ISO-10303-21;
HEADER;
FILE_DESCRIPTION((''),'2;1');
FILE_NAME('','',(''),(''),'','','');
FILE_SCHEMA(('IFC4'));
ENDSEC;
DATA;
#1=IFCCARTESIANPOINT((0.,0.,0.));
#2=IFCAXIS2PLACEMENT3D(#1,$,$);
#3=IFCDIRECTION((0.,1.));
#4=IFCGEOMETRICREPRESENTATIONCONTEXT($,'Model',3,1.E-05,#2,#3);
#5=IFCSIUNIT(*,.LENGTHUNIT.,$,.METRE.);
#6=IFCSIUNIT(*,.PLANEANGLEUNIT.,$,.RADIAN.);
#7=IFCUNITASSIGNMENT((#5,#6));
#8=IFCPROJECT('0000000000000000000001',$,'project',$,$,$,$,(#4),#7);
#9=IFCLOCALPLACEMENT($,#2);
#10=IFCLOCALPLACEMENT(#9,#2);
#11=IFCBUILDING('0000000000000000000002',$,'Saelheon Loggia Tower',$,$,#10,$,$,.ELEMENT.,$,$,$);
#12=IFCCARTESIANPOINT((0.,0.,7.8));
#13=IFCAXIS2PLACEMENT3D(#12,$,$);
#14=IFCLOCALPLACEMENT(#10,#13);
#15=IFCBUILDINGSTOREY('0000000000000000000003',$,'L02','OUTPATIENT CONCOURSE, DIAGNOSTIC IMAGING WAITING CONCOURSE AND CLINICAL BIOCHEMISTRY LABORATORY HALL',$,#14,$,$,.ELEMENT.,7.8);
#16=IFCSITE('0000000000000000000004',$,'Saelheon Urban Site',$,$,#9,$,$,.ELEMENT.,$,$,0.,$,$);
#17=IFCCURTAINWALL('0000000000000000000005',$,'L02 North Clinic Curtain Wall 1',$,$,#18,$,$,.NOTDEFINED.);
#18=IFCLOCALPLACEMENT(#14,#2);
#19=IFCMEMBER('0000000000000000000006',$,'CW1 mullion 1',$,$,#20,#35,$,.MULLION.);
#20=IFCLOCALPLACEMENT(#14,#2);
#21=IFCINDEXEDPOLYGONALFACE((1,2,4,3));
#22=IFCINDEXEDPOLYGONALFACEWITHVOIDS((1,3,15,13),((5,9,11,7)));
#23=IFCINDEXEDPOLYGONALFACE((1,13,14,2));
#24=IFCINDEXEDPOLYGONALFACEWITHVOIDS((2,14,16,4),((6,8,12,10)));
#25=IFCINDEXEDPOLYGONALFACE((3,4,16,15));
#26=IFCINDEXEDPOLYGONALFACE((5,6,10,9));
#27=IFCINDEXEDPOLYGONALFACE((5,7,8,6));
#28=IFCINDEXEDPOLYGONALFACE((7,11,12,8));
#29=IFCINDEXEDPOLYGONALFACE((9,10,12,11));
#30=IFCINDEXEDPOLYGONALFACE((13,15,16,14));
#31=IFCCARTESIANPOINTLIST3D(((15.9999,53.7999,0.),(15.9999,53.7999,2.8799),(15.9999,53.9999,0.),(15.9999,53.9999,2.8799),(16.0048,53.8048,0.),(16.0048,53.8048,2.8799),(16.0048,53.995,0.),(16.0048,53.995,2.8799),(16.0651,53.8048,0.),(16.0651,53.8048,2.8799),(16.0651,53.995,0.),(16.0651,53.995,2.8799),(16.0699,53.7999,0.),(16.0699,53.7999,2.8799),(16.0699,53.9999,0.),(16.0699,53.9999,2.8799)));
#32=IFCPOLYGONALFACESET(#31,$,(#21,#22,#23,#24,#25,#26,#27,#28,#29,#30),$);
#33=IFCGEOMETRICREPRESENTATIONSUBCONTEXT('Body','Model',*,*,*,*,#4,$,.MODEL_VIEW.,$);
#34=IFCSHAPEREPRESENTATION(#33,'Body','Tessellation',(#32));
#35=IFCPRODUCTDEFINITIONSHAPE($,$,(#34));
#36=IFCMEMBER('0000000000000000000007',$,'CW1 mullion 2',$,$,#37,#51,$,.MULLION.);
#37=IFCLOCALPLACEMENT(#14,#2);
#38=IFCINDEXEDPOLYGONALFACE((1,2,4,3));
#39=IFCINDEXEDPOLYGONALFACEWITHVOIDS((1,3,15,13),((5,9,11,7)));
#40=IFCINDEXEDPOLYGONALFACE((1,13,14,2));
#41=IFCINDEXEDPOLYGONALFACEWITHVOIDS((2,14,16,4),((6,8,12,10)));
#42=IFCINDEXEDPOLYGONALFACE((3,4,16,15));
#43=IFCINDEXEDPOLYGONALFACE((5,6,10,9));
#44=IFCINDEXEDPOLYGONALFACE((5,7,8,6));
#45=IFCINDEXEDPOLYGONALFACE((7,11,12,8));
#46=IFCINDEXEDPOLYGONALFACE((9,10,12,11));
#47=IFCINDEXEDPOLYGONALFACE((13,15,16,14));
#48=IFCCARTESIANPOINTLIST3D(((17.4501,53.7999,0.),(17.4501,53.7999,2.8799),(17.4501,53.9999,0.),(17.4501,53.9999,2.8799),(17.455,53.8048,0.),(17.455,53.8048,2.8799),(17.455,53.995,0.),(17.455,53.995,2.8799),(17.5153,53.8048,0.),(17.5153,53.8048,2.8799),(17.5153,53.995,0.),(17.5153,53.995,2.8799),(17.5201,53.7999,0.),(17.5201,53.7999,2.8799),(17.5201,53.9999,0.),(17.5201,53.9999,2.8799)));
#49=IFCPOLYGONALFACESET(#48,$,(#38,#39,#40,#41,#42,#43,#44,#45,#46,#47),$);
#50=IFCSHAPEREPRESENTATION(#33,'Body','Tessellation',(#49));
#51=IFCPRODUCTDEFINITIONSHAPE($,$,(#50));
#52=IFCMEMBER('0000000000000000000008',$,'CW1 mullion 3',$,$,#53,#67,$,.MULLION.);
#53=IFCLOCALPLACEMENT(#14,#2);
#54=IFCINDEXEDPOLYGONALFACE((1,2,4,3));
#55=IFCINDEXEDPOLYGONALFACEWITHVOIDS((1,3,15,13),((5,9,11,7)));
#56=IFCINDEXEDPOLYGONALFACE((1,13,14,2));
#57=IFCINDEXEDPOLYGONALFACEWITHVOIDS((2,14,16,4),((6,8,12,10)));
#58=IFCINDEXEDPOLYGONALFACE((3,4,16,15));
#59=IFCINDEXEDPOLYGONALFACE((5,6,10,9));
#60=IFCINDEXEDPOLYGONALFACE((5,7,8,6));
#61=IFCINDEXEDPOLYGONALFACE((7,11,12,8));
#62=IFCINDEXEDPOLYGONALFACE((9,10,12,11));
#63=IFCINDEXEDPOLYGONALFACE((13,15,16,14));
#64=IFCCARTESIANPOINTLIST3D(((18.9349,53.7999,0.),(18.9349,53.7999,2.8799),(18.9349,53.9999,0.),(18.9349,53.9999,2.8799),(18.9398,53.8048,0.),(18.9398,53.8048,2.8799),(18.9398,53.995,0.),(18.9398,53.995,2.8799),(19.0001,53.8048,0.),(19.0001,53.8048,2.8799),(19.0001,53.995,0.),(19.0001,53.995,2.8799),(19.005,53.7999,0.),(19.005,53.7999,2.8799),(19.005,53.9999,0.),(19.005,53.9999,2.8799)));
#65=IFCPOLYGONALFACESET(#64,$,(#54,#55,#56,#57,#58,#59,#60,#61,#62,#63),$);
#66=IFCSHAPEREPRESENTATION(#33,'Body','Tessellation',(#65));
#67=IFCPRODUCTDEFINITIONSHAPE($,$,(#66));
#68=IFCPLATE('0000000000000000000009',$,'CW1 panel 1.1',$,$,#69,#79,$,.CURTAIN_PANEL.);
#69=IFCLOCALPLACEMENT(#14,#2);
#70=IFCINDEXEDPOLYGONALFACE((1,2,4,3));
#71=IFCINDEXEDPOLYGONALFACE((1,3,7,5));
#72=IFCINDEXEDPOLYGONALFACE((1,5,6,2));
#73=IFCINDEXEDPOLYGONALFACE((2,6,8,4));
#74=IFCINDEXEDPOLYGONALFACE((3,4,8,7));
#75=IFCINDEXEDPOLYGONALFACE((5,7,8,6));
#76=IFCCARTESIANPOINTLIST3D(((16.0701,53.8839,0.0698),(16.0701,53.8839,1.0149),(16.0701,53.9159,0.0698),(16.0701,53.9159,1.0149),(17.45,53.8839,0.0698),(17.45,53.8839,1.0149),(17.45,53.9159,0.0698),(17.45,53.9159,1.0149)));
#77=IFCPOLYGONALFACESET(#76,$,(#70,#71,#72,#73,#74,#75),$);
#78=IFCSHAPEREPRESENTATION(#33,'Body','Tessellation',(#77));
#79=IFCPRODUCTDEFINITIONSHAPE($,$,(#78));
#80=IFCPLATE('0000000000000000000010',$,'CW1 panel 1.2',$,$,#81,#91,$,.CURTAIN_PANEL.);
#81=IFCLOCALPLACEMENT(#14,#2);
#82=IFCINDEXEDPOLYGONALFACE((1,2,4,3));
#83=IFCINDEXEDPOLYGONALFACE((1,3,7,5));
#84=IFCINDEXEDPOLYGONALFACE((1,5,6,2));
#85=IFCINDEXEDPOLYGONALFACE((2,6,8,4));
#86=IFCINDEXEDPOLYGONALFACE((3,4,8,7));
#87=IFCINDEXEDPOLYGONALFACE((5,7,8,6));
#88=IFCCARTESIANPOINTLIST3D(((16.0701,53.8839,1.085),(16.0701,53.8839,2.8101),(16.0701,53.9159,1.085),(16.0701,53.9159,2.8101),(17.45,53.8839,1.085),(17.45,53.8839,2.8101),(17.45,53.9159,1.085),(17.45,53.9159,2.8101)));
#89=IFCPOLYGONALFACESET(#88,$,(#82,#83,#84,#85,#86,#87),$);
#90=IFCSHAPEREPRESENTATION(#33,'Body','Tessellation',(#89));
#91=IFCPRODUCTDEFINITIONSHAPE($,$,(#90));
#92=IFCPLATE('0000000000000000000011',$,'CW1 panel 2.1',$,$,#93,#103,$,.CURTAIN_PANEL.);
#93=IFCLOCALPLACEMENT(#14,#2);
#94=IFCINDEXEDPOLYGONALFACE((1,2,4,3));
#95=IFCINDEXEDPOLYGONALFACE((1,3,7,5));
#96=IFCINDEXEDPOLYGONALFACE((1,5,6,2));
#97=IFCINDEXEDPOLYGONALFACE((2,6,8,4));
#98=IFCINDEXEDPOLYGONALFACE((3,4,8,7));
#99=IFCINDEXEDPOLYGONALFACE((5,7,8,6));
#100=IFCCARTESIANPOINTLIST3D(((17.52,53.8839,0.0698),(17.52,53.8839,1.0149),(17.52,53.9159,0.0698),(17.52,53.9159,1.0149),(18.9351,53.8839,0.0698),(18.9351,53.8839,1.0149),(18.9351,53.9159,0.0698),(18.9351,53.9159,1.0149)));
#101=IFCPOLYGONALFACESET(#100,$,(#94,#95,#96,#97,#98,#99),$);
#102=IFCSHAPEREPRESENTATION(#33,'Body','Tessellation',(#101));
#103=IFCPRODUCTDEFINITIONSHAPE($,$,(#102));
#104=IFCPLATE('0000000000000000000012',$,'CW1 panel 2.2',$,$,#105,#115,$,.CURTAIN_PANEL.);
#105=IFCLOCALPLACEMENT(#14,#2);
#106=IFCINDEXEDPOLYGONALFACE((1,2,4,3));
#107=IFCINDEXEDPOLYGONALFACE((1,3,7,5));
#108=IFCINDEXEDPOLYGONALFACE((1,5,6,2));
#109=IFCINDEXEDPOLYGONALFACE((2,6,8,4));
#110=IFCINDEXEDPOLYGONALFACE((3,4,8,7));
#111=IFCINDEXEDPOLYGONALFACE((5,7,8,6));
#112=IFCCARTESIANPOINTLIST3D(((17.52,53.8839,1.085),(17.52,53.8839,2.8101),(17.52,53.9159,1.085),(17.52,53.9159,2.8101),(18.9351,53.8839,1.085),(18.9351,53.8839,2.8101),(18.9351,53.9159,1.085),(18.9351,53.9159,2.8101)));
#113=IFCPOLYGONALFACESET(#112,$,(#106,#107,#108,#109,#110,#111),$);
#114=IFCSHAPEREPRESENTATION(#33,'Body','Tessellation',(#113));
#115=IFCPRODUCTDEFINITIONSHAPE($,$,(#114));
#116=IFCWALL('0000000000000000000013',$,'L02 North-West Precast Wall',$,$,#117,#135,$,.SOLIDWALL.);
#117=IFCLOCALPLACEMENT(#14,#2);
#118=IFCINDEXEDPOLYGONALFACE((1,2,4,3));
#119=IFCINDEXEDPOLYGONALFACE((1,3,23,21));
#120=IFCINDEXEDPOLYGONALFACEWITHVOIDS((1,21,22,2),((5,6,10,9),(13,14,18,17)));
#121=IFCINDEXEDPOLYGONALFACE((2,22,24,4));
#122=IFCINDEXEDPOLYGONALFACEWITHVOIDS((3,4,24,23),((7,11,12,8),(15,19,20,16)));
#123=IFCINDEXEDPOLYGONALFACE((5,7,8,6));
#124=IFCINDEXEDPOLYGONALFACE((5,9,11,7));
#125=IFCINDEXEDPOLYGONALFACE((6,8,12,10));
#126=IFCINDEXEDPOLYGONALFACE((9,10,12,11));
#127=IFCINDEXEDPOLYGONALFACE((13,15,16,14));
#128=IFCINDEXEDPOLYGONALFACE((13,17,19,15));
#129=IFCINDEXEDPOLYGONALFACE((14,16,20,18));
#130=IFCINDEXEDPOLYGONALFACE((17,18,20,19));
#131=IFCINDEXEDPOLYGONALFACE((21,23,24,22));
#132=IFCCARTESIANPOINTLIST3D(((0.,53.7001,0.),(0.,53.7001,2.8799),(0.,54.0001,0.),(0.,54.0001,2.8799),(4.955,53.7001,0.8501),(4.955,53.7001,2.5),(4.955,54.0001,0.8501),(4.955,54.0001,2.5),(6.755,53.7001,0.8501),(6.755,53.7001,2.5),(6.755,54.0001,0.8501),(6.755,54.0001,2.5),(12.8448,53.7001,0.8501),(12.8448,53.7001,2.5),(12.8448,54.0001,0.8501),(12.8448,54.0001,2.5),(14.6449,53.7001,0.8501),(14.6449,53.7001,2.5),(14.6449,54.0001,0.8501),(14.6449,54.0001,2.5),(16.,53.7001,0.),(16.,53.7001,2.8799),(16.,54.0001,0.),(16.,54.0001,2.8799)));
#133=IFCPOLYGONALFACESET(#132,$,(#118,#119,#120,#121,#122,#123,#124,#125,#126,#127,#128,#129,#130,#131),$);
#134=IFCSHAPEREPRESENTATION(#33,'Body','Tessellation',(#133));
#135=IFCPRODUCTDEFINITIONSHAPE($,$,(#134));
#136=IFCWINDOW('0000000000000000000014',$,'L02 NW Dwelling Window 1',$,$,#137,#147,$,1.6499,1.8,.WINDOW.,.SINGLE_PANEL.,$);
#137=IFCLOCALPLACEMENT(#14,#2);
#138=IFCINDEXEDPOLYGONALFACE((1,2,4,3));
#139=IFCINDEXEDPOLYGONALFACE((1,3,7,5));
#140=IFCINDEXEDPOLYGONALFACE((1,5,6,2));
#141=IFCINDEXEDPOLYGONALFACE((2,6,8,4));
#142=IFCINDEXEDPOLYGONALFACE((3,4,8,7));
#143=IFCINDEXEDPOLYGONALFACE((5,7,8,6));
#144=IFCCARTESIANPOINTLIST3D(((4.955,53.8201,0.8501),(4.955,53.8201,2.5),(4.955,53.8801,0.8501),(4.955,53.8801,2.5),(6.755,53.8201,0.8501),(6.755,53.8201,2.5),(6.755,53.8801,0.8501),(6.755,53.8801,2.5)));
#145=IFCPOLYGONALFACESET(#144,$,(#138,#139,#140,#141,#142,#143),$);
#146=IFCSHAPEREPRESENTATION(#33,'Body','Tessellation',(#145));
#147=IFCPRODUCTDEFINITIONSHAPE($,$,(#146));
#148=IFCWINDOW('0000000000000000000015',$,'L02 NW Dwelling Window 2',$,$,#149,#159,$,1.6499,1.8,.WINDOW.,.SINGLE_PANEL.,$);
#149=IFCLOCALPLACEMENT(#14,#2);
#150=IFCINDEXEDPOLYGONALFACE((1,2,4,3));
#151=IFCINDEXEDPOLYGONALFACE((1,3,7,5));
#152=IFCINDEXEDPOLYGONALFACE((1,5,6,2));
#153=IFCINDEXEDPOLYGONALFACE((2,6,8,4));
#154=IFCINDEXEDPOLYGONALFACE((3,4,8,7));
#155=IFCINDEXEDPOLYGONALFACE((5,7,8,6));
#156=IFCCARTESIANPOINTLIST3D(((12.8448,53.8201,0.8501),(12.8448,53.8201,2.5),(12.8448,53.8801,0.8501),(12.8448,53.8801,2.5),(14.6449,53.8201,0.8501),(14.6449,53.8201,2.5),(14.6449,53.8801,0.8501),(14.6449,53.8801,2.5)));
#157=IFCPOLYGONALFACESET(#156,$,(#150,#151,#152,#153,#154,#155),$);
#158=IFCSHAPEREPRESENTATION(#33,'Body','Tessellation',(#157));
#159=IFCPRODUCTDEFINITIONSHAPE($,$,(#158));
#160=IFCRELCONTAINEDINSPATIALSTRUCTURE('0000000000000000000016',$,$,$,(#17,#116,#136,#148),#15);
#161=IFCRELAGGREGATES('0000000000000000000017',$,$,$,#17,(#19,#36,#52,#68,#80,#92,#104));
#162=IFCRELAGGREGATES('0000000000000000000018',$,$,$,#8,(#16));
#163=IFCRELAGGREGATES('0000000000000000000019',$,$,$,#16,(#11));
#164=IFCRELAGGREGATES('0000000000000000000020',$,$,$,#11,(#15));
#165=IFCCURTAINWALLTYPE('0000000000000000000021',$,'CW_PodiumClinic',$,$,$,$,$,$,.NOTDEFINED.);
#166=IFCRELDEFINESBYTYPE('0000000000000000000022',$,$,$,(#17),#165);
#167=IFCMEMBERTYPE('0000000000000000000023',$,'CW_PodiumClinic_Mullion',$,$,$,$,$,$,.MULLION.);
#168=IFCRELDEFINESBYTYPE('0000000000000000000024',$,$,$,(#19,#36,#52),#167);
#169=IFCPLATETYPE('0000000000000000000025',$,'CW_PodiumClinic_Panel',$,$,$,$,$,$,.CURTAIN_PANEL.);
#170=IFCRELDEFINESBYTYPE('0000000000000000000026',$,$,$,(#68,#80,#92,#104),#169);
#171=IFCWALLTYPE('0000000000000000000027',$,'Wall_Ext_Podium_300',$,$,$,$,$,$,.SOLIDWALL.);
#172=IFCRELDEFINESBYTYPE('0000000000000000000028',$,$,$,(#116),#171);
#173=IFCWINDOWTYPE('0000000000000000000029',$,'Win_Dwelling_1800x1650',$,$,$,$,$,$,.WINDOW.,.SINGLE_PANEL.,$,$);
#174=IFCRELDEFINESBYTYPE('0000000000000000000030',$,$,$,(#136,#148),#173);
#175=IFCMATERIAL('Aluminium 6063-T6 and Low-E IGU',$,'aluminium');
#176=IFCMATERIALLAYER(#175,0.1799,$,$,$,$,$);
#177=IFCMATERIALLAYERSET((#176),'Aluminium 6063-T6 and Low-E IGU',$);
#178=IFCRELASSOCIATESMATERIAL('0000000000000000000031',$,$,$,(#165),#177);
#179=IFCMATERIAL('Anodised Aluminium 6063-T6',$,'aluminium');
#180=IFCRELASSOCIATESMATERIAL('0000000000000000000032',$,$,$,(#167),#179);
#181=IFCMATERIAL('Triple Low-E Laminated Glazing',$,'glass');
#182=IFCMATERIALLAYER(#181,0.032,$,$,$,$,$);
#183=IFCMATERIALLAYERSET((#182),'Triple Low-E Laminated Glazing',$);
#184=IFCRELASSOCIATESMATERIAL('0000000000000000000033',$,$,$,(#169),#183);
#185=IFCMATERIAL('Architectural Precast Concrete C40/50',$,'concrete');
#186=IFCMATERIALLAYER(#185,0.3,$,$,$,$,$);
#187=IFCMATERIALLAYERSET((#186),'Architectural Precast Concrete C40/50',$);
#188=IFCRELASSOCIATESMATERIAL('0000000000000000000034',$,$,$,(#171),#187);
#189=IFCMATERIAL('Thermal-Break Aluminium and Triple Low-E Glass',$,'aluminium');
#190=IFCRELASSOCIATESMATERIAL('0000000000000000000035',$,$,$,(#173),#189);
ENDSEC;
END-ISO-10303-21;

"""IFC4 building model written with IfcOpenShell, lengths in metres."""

from ifc_helpers import new_model, si_unit, direction, frame, frame_2d, origin, origin_2d, place, context, subcontext, project, spatial, rectangle, hollow_rectangle, extrude, source, transform, mapped, material, layer, layer_set, material_profile, profile_set, type_object, element, fill, aggregate, save


model = new_model("IFC4")

# Units and contexts
model_context = context("Model", 3, precision=1e-05, world=origin(), true_north=direction((0.0, 1.0)))
body_context = subcontext(model_context, "Body", "Model", "MODEL_VIEW")
ifc_project = project(units=[si_unit("LENGTHUNIT", "METRE"), si_unit("PLANEANGLEUNIT", "RADIAN")], contexts=[model_context])

# Site, building, storey
site_placement = place(None, origin())
site = spatial("IfcSite", under=ifc_project, at=site_placement, Name="Saelheon Urban Site", CompositionType="ELEMENT", RefElevation=0.0)
building_placement = place(site_placement, origin())
building = spatial("IfcBuilding", under=site, at=building_placement, Name="Saelheon Loggia Tower", CompositionType="ELEMENT")
storey_placement = place(building_placement, frame((0.0, 0.0, 7.8)))
storey = spatial("IfcBuildingStorey", under=building, at=storey_placement, Name="L02", Description="OUTPATIENT CONCOURSE, DIAGNOSTIC IMAGING WAITING CONCOURSE AND CLINICAL BIOCHEMISTRY LABORATORY HALL", CompositionType="ELEMENT", Elevation=7.8)

# Curtain wall, members, plates
ifc_material_1 = material(Name="Aluminium 6063-T6 and Low-E IGU", Category="aluminium")
ifc_layer_1 = layer(ifc_material_1, 0.1799)
ifc_layer_set_1 = layer_set([ifc_layer_1], Name="Aluminium 6063-T6 and Low-E IGU")
curtain_wall_type = type_object("IfcCurtainWallType", Name="CW_PodiumClinic", PredefinedType="NOTDEFINED", material=ifc_layer_set_1)
curtain_wall_placement = place(storey_placement, origin())
curtain_wall = element("IfcCurtainWall", 1, at=curtain_wall_placement, inside=storey, type_object=curtain_wall_type, Name="L02 North Clinic Curtain Wall 1", PredefinedType="NOTDEFINED")
ifc_material_2 = material(Name="Anodised Aluminium 6063-T6", Category="aluminium")
ifc_material_profile_1 = material_profile(ifc_material_2, hollow_rectangle(XDim=0.0701, YDim=0.2, WallThickness=0.0049, at=origin_2d()), Name="RHS-200x70x5")
ifc_profile_set_1 = profile_set([ifc_material_profile_1], Name="Anodised Aluminium 6063-T6")
member_type_1 = type_object("IfcMemberType", Name="CW_PodiumClinic_Mullion", PredefinedType="MULLION", material=ifc_profile_set_1)
shared_shape_1 = source(origin(), body_context, "Body", "SweptSolid", [
    extrude(hollow_rectangle(XDim=0.0701, YDim=0.2, WallThickness=0.0049, at=origin_2d()), origin(), (0.0, 0.0, 1.0), 2.8799),
])
member_1_placement = place(storey_placement, frame((16.0349, 53.8999, 0.0), z_axis=(0.0, 0.0, 1.0), x_axis=(1.0, 0.0, 0.0)))
member_1 = element("IfcMember", 2, at=member_1_placement, type_object=member_type_1, Name="CW1 mullion 1", PredefinedType="MULLION", context=body_context, shape_type="MappedRepresentation", body=[
    mapped(shared_shape_1, transform((0.0, 0.0, 0.0), scale=1.0)),
])
member_2_placement = place(storey_placement, frame((17.4851, 53.8999, 0.0), z_axis=(0.0, 0.0, 1.0), x_axis=(1.0, 0.0, 0.0)))
member_2 = element("IfcMember", 3, at=member_2_placement, type_object=member_type_1, Name="CW1 mullion 2", PredefinedType="MULLION", context=body_context, shape_type="MappedRepresentation", body=[
    mapped(shared_shape_1, transform((0.0, 0.0, 0.0), scale=1.0)),
])
member_3_placement = place(storey_placement, frame((18.97, 53.8999, 0.0), z_axis=(0.0, 0.0, 1.0), x_axis=(1.0, 0.0, 0.0)))
member_3 = element("IfcMember", 4, at=member_3_placement, type_object=member_type_1, Name="CW1 mullion 3", PredefinedType="MULLION", context=body_context, shape_type="MappedRepresentation", body=[
    mapped(shared_shape_1, transform((0.0, 0.0, 0.0), scale=1.0)),
])
ifc_material_3 = material(Name="Triple Low-E Laminated Glazing", Category="glass")
ifc_layer_2 = layer(ifc_material_3, 0.032)
ifc_layer_set_2 = layer_set([ifc_layer_2], Name="Triple Low-E Laminated Glazing")
plate_type = type_object("IfcPlateType", Name="CW_PodiumClinic_Panel", PredefinedType="CURTAIN_PANEL", material=ifc_layer_set_2)
shared_shape_2 = source(origin(), body_context, "Body", "SweptSolid", [
    extrude(rectangle(XDim=1.3799, YDim=0.032, at=origin_2d()), origin(), (0.0, 0.0, 1.0), 0.9451),
])
plate_1_placement = place(storey_placement, frame((16.76, 53.8999, 0.0698), z_axis=(0.0, 0.0, 1.0), x_axis=(1.0, 0.0, 0.0)))
plate_1 = element("IfcPlate", 5, at=plate_1_placement, type_object=plate_type, Name="CW1 panel 1.1", PredefinedType="CURTAIN_PANEL", context=body_context, shape_type="MappedRepresentation", body=[
    mapped(shared_shape_2, transform((0.0, 0.0, 0.0), scale=1.0)),
])
shared_shape_3 = source(origin(), body_context, "Body", "SweptSolid", [
    extrude(rectangle(XDim=1.3799, YDim=0.032, at=origin_2d()), origin(), (0.0, 0.0, 1.0), 1.7251),
])
plate_2_placement = place(storey_placement, frame((16.76, 53.8999, 1.085), z_axis=(0.0, 0.0, 1.0), x_axis=(1.0, 0.0, 0.0)))
plate_2 = element("IfcPlate", 6, at=plate_2_placement, type_object=plate_type, Name="CW1 panel 1.2", PredefinedType="CURTAIN_PANEL", context=body_context, shape_type="MappedRepresentation", body=[
    mapped(shared_shape_3, transform((0.0, 0.0, 0.0), scale=1.0)),
])
shared_shape_4 = source(origin(), body_context, "Body", "SweptSolid", [
    extrude(rectangle(XDim=1.415, YDim=0.032, at=origin_2d()), origin(), (0.0, 0.0, 1.0), 0.9451),
])
plate_3_placement = place(storey_placement, frame((18.2275, 53.8999, 0.0698), z_axis=(0.0, 0.0, 1.0), x_axis=(1.0, 0.0, 0.0)))
plate_3 = element("IfcPlate", 7, at=plate_3_placement, type_object=plate_type, Name="CW1 panel 2.1", PredefinedType="CURTAIN_PANEL", context=body_context, shape_type="MappedRepresentation", body=[
    mapped(shared_shape_4, transform((0.0, 0.0, 0.0), scale=1.0)),
])
shared_shape_5 = source(origin(), body_context, "Body", "SweptSolid", [
    extrude(rectangle(XDim=1.415, YDim=0.032, at=origin_2d()), origin(), (0.0, 0.0, 1.0), 1.7251),
])
plate_4_placement = place(storey_placement, frame((18.2275, 53.8999, 1.085), z_axis=(0.0, 0.0, 1.0), x_axis=(1.0, 0.0, 0.0)))
plate_4 = element("IfcPlate", 8, at=plate_4_placement, type_object=plate_type, Name="CW1 panel 2.2", PredefinedType="CURTAIN_PANEL", context=body_context, shape_type="MappedRepresentation", body=[
    mapped(shared_shape_5, transform((0.0, 0.0, 0.0), scale=1.0)),
])
aggregate(curtain_wall, [member_1, member_2, member_3, plate_1, plate_2, plate_3, plate_4])

# Wall, openings, windows
ifc_material_4 = material(Name="Architectural Precast Concrete C40/50", Category="concrete")
ifc_layer_3 = layer(ifc_material_4, 0.3)
ifc_layer_set_3 = layer_set([ifc_layer_3], Name="Architectural Precast Concrete C40/50")
wall_type = type_object("IfcWallType", Name="Wall_Ext_Podium_300", PredefinedType="SOLIDWALL", material=ifc_layer_set_3)
wall_placement = place(storey_placement, frame((0.0, 53.8501, 0.0), z_axis=(0.0, 0.0, 1.0), x_axis=(1.0, 0.0, 0.0)))
wall = element("IfcWall", 9, at=wall_placement, inside=storey, type_object=wall_type, Name="L02 North-West Precast Wall", PredefinedType="SOLIDWALL", context=body_context, shape_type="SweptSolid", body=[
    extrude(rectangle(XDim=16.0, YDim=0.3, at=frame_2d((8.0, 0.0))), origin(), (0.0, 0.0, 1.0), 2.8799),
])
opening_1_placement = place(wall_placement, frame((4.9551, 0.0, 0.8501)))
opening_1 = element("IfcOpeningElement", 10, at=opening_1_placement, cuts=wall, PredefinedType="OPENING", context=body_context, shape_type="SweptSolid", body=[
    extrude(rectangle(XDim=1.8, YDim=1.6499, at=frame_2d((0.8999, 0.825))), frame((0.0, 0.1621, 0.0), z_axis=(0.0, -1.0, 0.0), x_axis=(1.0, 0.0, 0.0)), (0.0, 0.0, 1.0), 0.324),
])
opening_2_placement = place(wall_placement, frame((12.845, 0.0, 0.8501)))
opening_2 = element("IfcOpeningElement", 11, at=opening_2_placement, cuts=wall, PredefinedType="OPENING", context=body_context, shape_type="SweptSolid", body=[
    extrude(rectangle(XDim=1.8, YDim=1.6499, at=frame_2d((0.8999, 0.825))), frame((0.0, 0.1621, 0.0), z_axis=(0.0, -1.0, 0.0), x_axis=(1.0, 0.0, 0.0)), (0.0, 0.0, 1.0), 0.324),
])
ifc_material_5 = material(Name="Thermal-Break Aluminium and Triple Low-E Glass", Category="aluminium")
window_type = type_object("IfcWindowType", Name="Win_Dwelling_1800x1650", PartitioningType="SINGLE_PANEL", PredefinedType="WINDOW", material=ifc_material_5)
shared_shape_6 = source(origin(), body_context, "Body", "SweptSolid", [
    extrude(rectangle(XDim=1.8, YDim=1.6499, at=frame_2d((0.8999, 0.825))), frame((0.0, 0.03, 0.0), z_axis=(0.0, -1.0, 0.0), x_axis=(1.0, 0.0, 0.0)), (0.0, 0.0, 1.0), 0.0601),
])
window_1_placement = place(opening_1_placement, origin())
window_1 = element("IfcWindow", 12, at=window_1_placement, inside=storey, type_object=window_type, Name="L02 NW Dwelling Window 1", OverallHeight=1.6499, OverallWidth=1.8, PartitioningType="SINGLE_PANEL", PredefinedType="WINDOW", context=body_context, shape_type="MappedRepresentation", body=[
    mapped(shared_shape_6, transform((0.0, 0.0, 0.0), scale=1.0)),
])
fill(opening_1, window_1)
window_2_placement = place(opening_2_placement, origin())
window_2 = element("IfcWindow", 13, at=window_2_placement, inside=storey, type_object=window_type, Name="L02 NW Dwelling Window 2", OverallHeight=1.6499, OverallWidth=1.8, PartitioningType="SINGLE_PANEL", PredefinedType="WINDOW", context=body_context, shape_type="MappedRepresentation", body=[
    mapped(shared_shape_6, transform((0.0, 0.0, 0.0), scale=1.0)),
])
fill(opening_2, window_2)

save(model, "model.ifc")
